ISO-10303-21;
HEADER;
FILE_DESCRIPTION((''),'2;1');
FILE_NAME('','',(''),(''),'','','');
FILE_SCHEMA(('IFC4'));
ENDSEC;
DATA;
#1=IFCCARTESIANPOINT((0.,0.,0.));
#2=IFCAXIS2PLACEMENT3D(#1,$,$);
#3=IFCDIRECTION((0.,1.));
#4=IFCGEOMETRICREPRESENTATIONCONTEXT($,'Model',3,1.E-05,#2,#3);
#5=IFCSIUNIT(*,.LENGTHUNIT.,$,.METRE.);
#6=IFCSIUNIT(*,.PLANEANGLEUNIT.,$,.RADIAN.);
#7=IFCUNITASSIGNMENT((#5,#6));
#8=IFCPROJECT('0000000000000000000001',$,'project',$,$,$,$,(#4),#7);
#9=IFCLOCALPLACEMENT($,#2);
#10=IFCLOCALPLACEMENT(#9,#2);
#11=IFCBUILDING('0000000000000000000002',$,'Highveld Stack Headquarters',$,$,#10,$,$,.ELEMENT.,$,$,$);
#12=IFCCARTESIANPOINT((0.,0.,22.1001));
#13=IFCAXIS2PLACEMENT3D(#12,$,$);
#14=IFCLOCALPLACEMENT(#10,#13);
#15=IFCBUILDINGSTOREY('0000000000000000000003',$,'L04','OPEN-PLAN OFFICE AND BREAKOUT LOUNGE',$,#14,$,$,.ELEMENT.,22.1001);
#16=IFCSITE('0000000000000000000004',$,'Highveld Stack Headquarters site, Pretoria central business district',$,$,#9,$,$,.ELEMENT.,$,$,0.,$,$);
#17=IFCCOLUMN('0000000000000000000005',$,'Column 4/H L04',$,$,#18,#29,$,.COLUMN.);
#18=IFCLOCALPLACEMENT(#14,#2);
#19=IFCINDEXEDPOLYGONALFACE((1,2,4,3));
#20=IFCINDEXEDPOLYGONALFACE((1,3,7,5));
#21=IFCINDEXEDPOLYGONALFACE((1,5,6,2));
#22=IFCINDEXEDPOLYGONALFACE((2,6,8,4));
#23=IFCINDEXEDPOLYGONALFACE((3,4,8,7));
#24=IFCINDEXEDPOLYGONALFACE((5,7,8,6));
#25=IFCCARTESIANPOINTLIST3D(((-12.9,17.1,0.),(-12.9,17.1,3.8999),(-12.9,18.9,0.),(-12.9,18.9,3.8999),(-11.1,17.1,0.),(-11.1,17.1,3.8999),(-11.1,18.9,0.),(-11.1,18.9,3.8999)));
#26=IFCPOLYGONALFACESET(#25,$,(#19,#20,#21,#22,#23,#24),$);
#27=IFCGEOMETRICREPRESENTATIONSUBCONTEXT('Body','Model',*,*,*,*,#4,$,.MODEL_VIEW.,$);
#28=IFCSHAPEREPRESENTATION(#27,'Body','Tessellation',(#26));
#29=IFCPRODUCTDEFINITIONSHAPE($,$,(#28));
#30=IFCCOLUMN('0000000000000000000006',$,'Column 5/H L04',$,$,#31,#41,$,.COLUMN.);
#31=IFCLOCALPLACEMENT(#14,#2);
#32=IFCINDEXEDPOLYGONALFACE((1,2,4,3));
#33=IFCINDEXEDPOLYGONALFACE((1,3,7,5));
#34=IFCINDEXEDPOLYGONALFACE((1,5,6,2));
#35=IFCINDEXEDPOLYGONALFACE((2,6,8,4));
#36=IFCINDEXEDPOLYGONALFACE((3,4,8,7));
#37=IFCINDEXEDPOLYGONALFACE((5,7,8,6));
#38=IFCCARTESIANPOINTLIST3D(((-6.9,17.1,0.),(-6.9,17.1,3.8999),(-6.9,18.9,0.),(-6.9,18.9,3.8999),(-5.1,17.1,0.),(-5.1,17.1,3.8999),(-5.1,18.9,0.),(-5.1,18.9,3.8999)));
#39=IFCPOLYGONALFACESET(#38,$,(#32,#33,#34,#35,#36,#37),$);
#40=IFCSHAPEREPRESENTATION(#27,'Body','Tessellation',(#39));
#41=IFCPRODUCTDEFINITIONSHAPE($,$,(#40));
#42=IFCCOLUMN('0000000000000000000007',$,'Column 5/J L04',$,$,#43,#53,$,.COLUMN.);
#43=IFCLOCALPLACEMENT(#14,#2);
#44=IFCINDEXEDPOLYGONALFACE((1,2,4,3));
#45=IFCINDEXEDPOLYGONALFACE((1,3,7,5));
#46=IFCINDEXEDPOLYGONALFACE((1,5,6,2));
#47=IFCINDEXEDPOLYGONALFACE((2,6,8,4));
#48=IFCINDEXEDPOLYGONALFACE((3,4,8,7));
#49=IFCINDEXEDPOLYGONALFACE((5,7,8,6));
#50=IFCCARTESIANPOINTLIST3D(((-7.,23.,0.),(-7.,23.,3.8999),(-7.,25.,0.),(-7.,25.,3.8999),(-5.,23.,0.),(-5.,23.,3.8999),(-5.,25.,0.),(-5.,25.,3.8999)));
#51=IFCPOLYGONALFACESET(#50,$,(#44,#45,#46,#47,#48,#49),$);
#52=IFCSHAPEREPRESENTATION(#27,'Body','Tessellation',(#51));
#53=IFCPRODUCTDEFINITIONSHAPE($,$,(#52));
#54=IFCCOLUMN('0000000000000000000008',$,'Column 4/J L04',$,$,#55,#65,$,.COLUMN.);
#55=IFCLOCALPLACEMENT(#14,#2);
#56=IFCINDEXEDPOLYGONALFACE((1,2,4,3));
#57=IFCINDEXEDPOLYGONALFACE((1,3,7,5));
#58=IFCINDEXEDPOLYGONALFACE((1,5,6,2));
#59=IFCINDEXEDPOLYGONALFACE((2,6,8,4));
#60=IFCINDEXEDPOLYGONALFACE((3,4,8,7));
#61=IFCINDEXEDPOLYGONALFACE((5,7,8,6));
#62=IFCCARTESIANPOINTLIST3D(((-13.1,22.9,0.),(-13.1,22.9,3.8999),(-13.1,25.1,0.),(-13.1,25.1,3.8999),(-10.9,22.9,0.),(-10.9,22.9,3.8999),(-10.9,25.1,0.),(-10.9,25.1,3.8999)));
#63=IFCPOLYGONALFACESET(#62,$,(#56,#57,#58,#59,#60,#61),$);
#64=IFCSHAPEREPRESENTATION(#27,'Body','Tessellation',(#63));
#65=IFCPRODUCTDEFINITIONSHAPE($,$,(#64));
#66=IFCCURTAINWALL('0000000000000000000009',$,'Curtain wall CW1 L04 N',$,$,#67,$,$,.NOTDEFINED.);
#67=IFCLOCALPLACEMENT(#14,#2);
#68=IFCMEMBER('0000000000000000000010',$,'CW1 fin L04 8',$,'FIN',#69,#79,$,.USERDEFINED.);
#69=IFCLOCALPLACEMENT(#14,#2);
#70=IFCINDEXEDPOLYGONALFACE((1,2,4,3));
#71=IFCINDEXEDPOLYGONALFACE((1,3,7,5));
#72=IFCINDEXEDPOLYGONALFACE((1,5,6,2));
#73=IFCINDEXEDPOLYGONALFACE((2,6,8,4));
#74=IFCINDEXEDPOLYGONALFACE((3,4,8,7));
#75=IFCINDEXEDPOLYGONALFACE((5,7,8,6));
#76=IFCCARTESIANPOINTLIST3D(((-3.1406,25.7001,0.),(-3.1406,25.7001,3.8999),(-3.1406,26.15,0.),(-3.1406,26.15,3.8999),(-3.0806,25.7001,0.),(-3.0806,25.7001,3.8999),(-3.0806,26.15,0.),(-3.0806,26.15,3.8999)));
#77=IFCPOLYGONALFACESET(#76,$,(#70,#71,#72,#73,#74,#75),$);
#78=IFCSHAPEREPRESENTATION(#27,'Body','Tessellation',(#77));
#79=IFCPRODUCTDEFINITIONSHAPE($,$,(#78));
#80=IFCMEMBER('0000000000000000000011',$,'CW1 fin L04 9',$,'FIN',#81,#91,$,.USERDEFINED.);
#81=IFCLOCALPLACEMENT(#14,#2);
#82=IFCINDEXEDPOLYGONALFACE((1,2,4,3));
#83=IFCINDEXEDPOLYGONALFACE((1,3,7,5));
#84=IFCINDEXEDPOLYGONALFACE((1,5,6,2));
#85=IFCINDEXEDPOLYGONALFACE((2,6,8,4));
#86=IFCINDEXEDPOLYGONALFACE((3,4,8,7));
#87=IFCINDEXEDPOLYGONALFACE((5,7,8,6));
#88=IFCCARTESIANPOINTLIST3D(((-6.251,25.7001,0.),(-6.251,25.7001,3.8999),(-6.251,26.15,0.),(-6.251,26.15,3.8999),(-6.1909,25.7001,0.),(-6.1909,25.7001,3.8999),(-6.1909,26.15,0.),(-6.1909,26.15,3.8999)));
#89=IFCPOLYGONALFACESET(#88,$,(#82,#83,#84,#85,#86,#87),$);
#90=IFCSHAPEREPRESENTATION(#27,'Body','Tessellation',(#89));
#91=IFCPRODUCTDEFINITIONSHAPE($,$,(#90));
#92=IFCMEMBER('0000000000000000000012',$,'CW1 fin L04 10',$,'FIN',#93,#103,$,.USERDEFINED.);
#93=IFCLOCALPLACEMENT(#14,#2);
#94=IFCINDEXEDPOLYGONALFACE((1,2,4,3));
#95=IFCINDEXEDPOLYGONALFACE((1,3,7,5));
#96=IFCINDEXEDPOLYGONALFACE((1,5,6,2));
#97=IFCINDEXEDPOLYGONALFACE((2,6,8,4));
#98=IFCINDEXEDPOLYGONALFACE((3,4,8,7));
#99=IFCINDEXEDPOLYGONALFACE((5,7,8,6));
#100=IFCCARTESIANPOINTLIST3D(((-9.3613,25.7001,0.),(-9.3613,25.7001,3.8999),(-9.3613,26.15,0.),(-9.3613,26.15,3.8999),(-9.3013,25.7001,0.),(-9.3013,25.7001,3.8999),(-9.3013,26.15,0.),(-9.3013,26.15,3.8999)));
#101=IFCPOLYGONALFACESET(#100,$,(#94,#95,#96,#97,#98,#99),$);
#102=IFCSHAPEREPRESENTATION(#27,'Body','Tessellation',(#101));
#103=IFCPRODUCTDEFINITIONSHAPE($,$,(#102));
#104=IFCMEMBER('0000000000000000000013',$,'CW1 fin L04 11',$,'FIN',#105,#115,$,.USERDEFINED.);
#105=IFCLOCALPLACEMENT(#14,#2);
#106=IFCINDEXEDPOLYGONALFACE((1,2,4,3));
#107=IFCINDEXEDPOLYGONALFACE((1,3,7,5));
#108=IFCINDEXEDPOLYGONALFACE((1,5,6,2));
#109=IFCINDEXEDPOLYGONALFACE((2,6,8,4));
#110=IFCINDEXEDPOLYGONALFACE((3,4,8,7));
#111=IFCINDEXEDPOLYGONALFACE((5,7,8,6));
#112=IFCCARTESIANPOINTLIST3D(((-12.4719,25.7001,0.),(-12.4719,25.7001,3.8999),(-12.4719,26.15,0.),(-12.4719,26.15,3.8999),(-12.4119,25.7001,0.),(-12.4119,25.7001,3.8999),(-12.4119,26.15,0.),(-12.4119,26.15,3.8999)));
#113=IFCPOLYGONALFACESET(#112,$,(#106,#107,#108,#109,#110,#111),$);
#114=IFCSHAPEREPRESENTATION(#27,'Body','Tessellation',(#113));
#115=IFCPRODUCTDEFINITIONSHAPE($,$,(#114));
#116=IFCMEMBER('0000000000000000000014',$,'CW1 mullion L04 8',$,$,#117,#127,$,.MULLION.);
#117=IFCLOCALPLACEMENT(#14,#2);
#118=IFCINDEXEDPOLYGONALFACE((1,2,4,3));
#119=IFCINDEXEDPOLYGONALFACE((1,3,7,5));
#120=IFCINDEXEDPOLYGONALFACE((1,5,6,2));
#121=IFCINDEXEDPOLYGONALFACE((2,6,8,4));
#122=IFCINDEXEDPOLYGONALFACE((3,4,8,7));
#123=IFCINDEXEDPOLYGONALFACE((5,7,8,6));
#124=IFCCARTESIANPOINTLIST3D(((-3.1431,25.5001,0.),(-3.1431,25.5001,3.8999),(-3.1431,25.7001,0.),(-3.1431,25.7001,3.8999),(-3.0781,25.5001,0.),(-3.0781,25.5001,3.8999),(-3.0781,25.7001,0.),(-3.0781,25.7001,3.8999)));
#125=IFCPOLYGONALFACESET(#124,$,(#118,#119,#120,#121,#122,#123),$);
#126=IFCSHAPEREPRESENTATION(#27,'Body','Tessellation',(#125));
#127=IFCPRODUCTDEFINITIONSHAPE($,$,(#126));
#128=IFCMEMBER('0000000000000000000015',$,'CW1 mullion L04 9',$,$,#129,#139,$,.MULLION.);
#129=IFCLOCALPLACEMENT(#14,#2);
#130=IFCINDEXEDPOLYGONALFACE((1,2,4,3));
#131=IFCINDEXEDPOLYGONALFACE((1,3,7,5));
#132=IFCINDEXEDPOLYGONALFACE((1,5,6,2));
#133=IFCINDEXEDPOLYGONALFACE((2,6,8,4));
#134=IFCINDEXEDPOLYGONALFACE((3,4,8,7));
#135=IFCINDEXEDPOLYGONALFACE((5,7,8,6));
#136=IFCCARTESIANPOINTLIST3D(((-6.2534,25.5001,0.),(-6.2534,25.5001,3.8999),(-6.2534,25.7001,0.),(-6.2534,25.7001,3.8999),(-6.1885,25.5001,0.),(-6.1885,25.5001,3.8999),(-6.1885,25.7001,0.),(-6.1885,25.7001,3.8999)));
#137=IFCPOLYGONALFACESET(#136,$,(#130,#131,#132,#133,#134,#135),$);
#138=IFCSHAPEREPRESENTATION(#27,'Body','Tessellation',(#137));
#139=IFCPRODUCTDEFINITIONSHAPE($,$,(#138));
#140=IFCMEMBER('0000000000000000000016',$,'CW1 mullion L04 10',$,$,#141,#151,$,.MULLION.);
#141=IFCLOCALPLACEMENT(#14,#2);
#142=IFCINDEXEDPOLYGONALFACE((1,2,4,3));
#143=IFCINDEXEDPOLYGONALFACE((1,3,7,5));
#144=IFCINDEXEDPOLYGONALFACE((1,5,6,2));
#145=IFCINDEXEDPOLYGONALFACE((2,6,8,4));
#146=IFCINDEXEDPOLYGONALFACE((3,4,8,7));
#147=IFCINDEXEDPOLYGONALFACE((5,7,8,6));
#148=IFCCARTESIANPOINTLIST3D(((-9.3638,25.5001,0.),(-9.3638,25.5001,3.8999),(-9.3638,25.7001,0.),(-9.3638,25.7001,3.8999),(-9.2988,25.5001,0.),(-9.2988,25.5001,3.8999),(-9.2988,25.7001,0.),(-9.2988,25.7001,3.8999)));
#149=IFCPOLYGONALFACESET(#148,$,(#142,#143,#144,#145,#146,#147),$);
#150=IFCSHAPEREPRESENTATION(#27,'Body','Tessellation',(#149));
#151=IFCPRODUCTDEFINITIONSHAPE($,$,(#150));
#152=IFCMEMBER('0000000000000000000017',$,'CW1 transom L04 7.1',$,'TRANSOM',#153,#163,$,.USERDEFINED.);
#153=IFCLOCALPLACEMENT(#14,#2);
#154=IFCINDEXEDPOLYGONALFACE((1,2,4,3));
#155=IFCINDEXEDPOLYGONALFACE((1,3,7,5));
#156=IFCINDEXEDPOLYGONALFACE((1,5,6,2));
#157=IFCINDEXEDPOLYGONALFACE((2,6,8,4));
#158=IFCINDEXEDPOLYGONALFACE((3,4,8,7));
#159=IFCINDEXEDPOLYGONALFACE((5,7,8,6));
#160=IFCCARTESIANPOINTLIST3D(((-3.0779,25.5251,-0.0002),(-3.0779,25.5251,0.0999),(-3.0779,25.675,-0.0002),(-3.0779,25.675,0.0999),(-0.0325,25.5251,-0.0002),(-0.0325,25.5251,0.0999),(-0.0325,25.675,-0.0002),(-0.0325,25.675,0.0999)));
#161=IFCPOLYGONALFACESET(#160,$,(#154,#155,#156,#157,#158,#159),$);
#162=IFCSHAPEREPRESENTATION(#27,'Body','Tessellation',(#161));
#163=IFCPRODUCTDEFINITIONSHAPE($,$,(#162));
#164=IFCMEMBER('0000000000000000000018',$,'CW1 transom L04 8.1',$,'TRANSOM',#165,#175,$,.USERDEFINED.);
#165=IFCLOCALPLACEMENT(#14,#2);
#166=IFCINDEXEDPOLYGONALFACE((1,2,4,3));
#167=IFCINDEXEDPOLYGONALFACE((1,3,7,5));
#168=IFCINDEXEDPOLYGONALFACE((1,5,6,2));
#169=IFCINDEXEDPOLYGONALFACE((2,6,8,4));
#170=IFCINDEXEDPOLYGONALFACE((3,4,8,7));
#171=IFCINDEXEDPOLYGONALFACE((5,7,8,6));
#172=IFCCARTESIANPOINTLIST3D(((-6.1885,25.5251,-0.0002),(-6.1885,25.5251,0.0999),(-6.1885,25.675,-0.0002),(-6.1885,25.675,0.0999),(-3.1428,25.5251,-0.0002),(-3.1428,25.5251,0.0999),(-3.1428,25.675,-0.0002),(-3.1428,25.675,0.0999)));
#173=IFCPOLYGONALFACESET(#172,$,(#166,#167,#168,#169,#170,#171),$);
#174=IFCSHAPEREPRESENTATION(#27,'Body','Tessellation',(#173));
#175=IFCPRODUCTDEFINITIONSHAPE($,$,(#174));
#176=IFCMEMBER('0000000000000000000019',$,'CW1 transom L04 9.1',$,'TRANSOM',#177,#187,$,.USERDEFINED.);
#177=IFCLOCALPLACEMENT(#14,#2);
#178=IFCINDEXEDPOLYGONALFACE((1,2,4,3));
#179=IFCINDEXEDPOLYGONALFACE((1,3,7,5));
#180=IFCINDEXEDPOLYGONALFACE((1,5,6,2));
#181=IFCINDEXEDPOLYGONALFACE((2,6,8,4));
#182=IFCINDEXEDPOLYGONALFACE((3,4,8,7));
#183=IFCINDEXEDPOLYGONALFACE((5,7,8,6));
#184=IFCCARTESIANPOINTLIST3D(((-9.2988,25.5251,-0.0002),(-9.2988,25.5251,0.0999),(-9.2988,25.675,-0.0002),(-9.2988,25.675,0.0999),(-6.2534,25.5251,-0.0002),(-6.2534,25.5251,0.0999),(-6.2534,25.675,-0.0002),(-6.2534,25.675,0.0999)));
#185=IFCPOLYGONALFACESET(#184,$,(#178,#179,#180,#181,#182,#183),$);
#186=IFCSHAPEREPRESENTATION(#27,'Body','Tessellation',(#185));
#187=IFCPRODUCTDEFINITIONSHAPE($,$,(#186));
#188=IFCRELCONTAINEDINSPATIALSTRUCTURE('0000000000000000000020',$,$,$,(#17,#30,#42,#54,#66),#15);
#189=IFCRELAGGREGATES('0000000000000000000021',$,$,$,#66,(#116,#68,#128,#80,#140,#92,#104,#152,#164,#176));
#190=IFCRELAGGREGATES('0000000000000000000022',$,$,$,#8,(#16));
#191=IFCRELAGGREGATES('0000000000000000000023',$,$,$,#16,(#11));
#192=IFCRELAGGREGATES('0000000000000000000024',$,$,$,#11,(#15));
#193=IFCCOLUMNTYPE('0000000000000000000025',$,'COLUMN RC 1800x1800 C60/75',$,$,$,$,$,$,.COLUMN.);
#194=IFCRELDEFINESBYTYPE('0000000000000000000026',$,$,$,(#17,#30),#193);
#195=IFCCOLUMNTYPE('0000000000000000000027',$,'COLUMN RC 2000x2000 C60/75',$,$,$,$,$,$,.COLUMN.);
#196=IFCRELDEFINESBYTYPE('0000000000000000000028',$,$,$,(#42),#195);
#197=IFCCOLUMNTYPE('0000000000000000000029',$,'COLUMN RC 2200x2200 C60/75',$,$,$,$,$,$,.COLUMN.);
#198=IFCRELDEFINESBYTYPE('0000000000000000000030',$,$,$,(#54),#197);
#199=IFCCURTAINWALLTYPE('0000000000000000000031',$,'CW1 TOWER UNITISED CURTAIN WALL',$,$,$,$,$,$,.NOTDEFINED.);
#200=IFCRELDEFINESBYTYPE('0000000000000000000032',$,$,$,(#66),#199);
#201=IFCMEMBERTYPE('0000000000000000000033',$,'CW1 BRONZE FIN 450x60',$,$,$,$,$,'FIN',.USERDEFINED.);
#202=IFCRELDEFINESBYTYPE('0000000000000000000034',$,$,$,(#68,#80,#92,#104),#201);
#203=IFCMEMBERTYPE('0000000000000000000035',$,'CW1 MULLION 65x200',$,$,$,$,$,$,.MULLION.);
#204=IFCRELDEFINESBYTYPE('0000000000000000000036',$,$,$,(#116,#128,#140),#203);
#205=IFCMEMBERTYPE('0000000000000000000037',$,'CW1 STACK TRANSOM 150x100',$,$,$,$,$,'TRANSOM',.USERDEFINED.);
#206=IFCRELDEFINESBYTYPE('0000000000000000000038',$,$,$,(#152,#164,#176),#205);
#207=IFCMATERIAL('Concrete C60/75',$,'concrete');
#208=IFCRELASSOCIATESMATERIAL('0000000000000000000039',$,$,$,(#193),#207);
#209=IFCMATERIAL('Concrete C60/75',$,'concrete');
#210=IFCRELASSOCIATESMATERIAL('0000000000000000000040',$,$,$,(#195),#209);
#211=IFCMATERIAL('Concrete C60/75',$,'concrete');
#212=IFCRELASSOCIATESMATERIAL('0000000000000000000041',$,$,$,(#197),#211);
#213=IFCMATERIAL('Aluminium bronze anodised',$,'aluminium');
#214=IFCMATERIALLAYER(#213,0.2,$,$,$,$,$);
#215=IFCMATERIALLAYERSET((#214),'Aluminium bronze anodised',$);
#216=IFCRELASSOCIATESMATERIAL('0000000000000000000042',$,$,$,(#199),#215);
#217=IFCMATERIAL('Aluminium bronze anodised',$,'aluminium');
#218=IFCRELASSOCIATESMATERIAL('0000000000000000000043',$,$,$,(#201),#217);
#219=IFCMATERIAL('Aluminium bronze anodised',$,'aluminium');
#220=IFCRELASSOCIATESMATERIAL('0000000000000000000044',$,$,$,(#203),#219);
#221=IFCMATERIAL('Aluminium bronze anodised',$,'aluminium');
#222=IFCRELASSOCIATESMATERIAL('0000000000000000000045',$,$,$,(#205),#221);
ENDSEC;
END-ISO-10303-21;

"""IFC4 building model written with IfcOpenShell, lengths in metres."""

from ifc_helpers import new_model, si_unit, direction, frame, origin, origin_2d, place, context, subcontext, project, spatial, rectangle, extrude, material, layer, layer_set, material_profile, profile_set, type_object, element, aggregate, save


model = new_model("IFC4")

# Units and contexts
model_context = context("Model", 3, precision=1e-05, world=origin(), true_north=direction((0.0, 1.0)))
body_context = subcontext(model_context, "Body", "Model", "MODEL_VIEW")
ifc_project = project(units=[si_unit("LENGTHUNIT", "METRE"), si_unit("PLANEANGLEUNIT", "RADIAN")], contexts=[model_context])

# Site, building, storey
site_placement = place(None, origin())
site = spatial("IfcSite", under=ifc_project, at=site_placement, Name="Highveld Stack Headquarters site, Pretoria central business district", CompositionType="ELEMENT", RefElevation=0.0)
building_placement = place(site_placement, origin())
building = spatial("IfcBuilding", under=site, at=building_placement, Name="Highveld Stack Headquarters", CompositionType="ELEMENT")
storey_placement = place(building_placement, frame((0.0, 0.0, 22.1001)))
storey = spatial("IfcBuildingStorey", under=building, at=storey_placement, Name="L04", Description="OPEN-PLAN OFFICE AND BREAKOUT LOUNGE", CompositionType="ELEMENT", Elevation=22.1001)

# Columns
ifc_material_1 = material(Name="Concrete C60/75", Category="concrete")
ifc_material_profile_1 = material_profile(ifc_material_1, rectangle(XDim=1.8, YDim=1.8, at=origin_2d()), Name="RC 1800x1800")
ifc_profile_set_1 = profile_set([ifc_material_profile_1], Name="Concrete C60/75")
column_type_1 = type_object("IfcColumnType", Name="COLUMN RC 1800x1800 C60/75", PredefinedType="COLUMN", material=ifc_profile_set_1)
for number, where, z_axis, x_axis, name in (
    (1, (-12.0, 18.0, 0.0), (0.0, 0.0, 1.0), (1.0, 0.0, 0.0), "Column 4/H L04"),
    (2, (-6.0, 18.0, 0.0), (0.0, 0.0, 1.0), (1.0, 0.0, 0.0), "Column 5/H L04"),
):
    element("IfcColumn", number, at=place(storey_placement, frame(where, z_axis=z_axis, x_axis=x_axis)), inside=storey, type_object=column_type_1, Name=name, PredefinedType="COLUMN", context=body_context, shape_type="SweptSolid", body=[
        extrude(rectangle(XDim=1.8, YDim=1.8, at=origin_2d()), origin(), (0.0, 0.0, 1.0), 3.8999),
    ])
ifc_material_2 = material(Name="Concrete C60/75", Category="concrete")
ifc_material_profile_2 = material_profile(ifc_material_2, rectangle(XDim=2.0, YDim=2.0, at=origin_2d()), Name="RC 2000x2000")
ifc_profile_set_2 = profile_set([ifc_material_profile_2], Name="Concrete C60/75")
column_type_2 = type_object("IfcColumnType", Name="COLUMN RC 2000x2000 C60/75", PredefinedType="COLUMN", material=ifc_profile_set_2)
column_1_placement = place(storey_placement, frame((-6.0, 24.0, 0.0), z_axis=(0.0, 0.0, 1.0), x_axis=(1.0, 0.0, 0.0)))
element("IfcColumn", 3, at=column_1_placement, inside=storey, type_object=column_type_2, Name="Column 5/J L04", PredefinedType="COLUMN", context=body_context, shape_type="SweptSolid", body=[
    extrude(rectangle(XDim=2.0, YDim=2.0, at=origin_2d()), origin(), (0.0, 0.0, 1.0), 3.8999),
])
ifc_material_3 = material(Name="Concrete C60/75", Category="concrete")
ifc_material_profile_3 = material_profile(ifc_material_3, rectangle(XDim=2.2, YDim=2.2, at=origin_2d()), Name="RC 2200x2200")
ifc_profile_set_3 = profile_set([ifc_material_profile_3], Name="Concrete C60/75")
column_type_3 = type_object("IfcColumnType", Name="COLUMN RC 2200x2200 C60/75", PredefinedType="COLUMN", material=ifc_profile_set_3)
column_2_placement = place(storey_placement, frame((-12.0, 24.0, 0.0), z_axis=(0.0, 0.0, 1.0), x_axis=(1.0, 0.0, 0.0)))
element("IfcColumn", 4, at=column_2_placement, inside=storey, type_object=column_type_3, Name="Column 4/J L04", PredefinedType="COLUMN", context=body_context, shape_type="SweptSolid", body=[
    extrude(rectangle(XDim=2.2, YDim=2.2, at=origin_2d()), origin(), (0.0, 0.0, 1.0), 3.8999),
])

# Curtain wall, members
ifc_material_4 = material(Name="Aluminium bronze anodised", Category="aluminium")
ifc_layer_1 = layer(ifc_material_4, 0.2)
ifc_layer_set_1 = layer_set([ifc_layer_1], Name="Aluminium bronze anodised")
curtain_wall_type = type_object("IfcCurtainWallType", Name="CW1 TOWER UNITISED CURTAIN WALL", PredefinedType="NOTDEFINED", material=ifc_layer_set_1)
curtain_wall_placement = place(storey_placement, origin())
curtain_wall = element("IfcCurtainWall", 5, at=curtain_wall_placement, inside=storey, type_object=curtain_wall_type, Name="Curtain wall CW1 L04 N", PredefinedType="NOTDEFINED")
ifc_material_5 = material(Name="Aluminium bronze anodised", Category="aluminium")
ifc_material_profile_4 = material_profile(ifc_material_5, rectangle(XDim=0.45, YDim=0.0601, at=origin_2d()), Name="FIN 450x60")
ifc_profile_set_4 = profile_set([ifc_material_profile_4], Name="Aluminium bronze anodised")
member_type_1 = type_object("IfcMemberType", Name="CW1 BRONZE FIN 450x60", ElementType="FIN", PredefinedType="USERDEFINED", material=ifc_profile_set_4)
member_1_placement = place(storey_placement, frame((-3.1106, 25.925, 0.0), z_axis=(0.0, 0.0, 1.0), x_axis=(0.0, -1.0, 0.0)))
member_1 = element("IfcMember", 6, at=member_1_placement, type_object=member_type_1, Name="CW1 fin L04 8", ObjectType="FIN", PredefinedType="USERDEFINED", context=body_context, shape_type="SweptSolid", body=[
    extrude(rectangle(XDim=0.45, YDim=0.0601, at=origin_2d()), origin(), (0.0, 0.0, 1.0), 3.8999),
])
member_2_placement = place(storey_placement, frame((-6.2209, 25.925, 0.0), z_axis=(0.0, 0.0, 1.0), x_axis=(0.0, -1.0, 0.0)))
member_2 = element("IfcMember", 7, at=member_2_placement, type_object=member_type_1, Name="CW1 fin L04 9", ObjectType="FIN", PredefinedType="USERDEFINED", context=body_context, shape_type="SweptSolid", body=[
    extrude(rectangle(XDim=0.45, YDim=0.0601, at=origin_2d()), origin(), (0.0, 0.0, 1.0), 3.8999),
])
member_3_placement = place(storey_placement, frame((-9.3313, 25.925, 0.0), z_axis=(0.0, 0.0, 1.0), x_axis=(0.0, -1.0, 0.0)))
member_3 = element("IfcMember", 8, at=member_3_placement, type_object=member_type_1, Name="CW1 fin L04 10", ObjectType="FIN", PredefinedType="USERDEFINED", context=body_context, shape_type="SweptSolid", body=[
    extrude(rectangle(XDim=0.45, YDim=0.0601, at=origin_2d()), origin(), (0.0, 0.0, 1.0), 3.8999),
])
member_4_placement = place(storey_placement, frame((-12.4419, 25.925, 0.0), z_axis=(0.0, 0.0, 1.0), x_axis=(0.0, -1.0, 0.0)))
member_4 = element("IfcMember", 9, at=member_4_placement, type_object=member_type_1, Name="CW1 fin L04 11", ObjectType="FIN", PredefinedType="USERDEFINED", context=body_context, shape_type="SweptSolid", body=[
    extrude(rectangle(XDim=0.45, YDim=0.0601, at=origin_2d()), origin(), (0.0, 0.0, 1.0), 3.8999),
])
ifc_material_6 = material(Name="Aluminium bronze anodised", Category="aluminium")
ifc_material_profile_5 = material_profile(ifc_material_6, rectangle(XDim=0.2, YDim=0.0649, at=origin_2d()), Name="CW1 MULLION 65x200")
ifc_profile_set_5 = profile_set([ifc_material_profile_5], Name="Aluminium bronze anodised")
member_type_2 = type_object("IfcMemberType", Name="CW1 MULLION 65x200", PredefinedType="MULLION", material=ifc_profile_set_5)
member_5_placement = place(storey_placement, frame((-3.1106, 25.6001, 0.0), z_axis=(0.0, 0.0, 1.0), x_axis=(0.0, -1.0, 0.0)))
member_5 = element("IfcMember", 10, at=member_5_placement, type_object=member_type_2, Name="CW1 mullion L04 8", PredefinedType="MULLION", context=body_context, shape_type="SweptSolid", body=[
    extrude(rectangle(XDim=0.2, YDim=0.0649, at=origin_2d()), origin(), (0.0, 0.0, 1.0), 3.8999),
])
member_6_placement = place(storey_placement, frame((-6.2209, 25.6001, 0.0), z_axis=(0.0, 0.0, 1.0), x_axis=(0.0, -1.0, 0.0)))
member_6 = element("IfcMember", 11, at=member_6_placement, type_object=member_type_2, Name="CW1 mullion L04 9", PredefinedType="MULLION", context=body_context, shape_type="SweptSolid", body=[
    extrude(rectangle(XDim=0.2, YDim=0.0649, at=origin_2d()), origin(), (0.0, 0.0, 1.0), 3.8999),
])
member_7_placement = place(storey_placement, frame((-9.3313, 25.6001, 0.0), z_axis=(0.0, 0.0, 1.0), x_axis=(0.0, -1.0, 0.0)))
member_7 = element("IfcMember", 12, at=member_7_placement, type_object=member_type_2, Name="CW1 mullion L04 10", PredefinedType="MULLION", context=body_context, shape_type="SweptSolid", body=[
    extrude(rectangle(XDim=0.2, YDim=0.0649, at=origin_2d()), origin(), (0.0, 0.0, 1.0), 3.8999),
])
ifc_material_7 = material(Name="Aluminium bronze anodised", Category="aluminium")
ifc_material_profile_6 = material_profile(ifc_material_7, rectangle(XDim=0.1499, YDim=0.1001, at=origin_2d()), Name="CW1 TRANSOM 150x100")
ifc_profile_set_6 = profile_set([ifc_material_profile_6], Name="Aluminium bronze anodised")
member_type_3 = type_object("IfcMemberType", Name="CW1 STACK TRANSOM 150x100", ElementType="TRANSOM", PredefinedType="USERDEFINED", material=ifc_profile_set_6)
member_8_placement = place(storey_placement, frame((-0.0325, 25.6001, 0.0498), z_axis=(-1.0, 0.0, 0.0), x_axis=(0.0, -1.0, 0.0)))
member_8 = element("IfcMember", 13, at=member_8_placement, type_object=member_type_3, Name="CW1 transom L04 7.1", ObjectType="TRANSOM", PredefinedType="USERDEFINED", context=body_context, shape_type="SweptSolid", body=[
    extrude(rectangle(XDim=0.1499, YDim=0.1001, at=origin_2d()), origin(), (0.0, 0.0, 1.0), 3.0454),
])
member_9_placement = place(storey_placement, frame((-3.1428, 25.6001, 0.0498), z_axis=(-1.0, 0.0, 0.0), x_axis=(0.0, -1.0, 0.0)))
member_9 = element("IfcMember", 14, at=member_9_placement, type_object=member_type_3, Name="CW1 transom L04 8.1", ObjectType="TRANSOM", PredefinedType="USERDEFINED", context=body_context, shape_type="SweptSolid", body=[
    extrude(rectangle(XDim=0.1499, YDim=0.1001, at=origin_2d()), origin(), (0.0, 0.0, 1.0), 3.0457),
])
member_10_placement = place(storey_placement, frame((-6.2534, 25.6001, 0.0498), z_axis=(-1.0, 0.0, 0.0), x_axis=(0.0, -1.0, 0.0)))
member_10 = element("IfcMember", 15, at=member_10_placement, type_object=member_type_3, Name="CW1 transom L04 9.1", ObjectType="TRANSOM", PredefinedType="USERDEFINED", context=body_context, shape_type="SweptSolid", body=[
    extrude(rectangle(XDim=0.1499, YDim=0.1001, at=origin_2d()), origin(), (0.0, 0.0, 1.0), 3.0454),
])
aggregate(curtain_wall, [member_5, member_1, member_6, member_2, member_7, member_3, member_4, member_8, member_9, member_10])

save(model, "model.ifc")
